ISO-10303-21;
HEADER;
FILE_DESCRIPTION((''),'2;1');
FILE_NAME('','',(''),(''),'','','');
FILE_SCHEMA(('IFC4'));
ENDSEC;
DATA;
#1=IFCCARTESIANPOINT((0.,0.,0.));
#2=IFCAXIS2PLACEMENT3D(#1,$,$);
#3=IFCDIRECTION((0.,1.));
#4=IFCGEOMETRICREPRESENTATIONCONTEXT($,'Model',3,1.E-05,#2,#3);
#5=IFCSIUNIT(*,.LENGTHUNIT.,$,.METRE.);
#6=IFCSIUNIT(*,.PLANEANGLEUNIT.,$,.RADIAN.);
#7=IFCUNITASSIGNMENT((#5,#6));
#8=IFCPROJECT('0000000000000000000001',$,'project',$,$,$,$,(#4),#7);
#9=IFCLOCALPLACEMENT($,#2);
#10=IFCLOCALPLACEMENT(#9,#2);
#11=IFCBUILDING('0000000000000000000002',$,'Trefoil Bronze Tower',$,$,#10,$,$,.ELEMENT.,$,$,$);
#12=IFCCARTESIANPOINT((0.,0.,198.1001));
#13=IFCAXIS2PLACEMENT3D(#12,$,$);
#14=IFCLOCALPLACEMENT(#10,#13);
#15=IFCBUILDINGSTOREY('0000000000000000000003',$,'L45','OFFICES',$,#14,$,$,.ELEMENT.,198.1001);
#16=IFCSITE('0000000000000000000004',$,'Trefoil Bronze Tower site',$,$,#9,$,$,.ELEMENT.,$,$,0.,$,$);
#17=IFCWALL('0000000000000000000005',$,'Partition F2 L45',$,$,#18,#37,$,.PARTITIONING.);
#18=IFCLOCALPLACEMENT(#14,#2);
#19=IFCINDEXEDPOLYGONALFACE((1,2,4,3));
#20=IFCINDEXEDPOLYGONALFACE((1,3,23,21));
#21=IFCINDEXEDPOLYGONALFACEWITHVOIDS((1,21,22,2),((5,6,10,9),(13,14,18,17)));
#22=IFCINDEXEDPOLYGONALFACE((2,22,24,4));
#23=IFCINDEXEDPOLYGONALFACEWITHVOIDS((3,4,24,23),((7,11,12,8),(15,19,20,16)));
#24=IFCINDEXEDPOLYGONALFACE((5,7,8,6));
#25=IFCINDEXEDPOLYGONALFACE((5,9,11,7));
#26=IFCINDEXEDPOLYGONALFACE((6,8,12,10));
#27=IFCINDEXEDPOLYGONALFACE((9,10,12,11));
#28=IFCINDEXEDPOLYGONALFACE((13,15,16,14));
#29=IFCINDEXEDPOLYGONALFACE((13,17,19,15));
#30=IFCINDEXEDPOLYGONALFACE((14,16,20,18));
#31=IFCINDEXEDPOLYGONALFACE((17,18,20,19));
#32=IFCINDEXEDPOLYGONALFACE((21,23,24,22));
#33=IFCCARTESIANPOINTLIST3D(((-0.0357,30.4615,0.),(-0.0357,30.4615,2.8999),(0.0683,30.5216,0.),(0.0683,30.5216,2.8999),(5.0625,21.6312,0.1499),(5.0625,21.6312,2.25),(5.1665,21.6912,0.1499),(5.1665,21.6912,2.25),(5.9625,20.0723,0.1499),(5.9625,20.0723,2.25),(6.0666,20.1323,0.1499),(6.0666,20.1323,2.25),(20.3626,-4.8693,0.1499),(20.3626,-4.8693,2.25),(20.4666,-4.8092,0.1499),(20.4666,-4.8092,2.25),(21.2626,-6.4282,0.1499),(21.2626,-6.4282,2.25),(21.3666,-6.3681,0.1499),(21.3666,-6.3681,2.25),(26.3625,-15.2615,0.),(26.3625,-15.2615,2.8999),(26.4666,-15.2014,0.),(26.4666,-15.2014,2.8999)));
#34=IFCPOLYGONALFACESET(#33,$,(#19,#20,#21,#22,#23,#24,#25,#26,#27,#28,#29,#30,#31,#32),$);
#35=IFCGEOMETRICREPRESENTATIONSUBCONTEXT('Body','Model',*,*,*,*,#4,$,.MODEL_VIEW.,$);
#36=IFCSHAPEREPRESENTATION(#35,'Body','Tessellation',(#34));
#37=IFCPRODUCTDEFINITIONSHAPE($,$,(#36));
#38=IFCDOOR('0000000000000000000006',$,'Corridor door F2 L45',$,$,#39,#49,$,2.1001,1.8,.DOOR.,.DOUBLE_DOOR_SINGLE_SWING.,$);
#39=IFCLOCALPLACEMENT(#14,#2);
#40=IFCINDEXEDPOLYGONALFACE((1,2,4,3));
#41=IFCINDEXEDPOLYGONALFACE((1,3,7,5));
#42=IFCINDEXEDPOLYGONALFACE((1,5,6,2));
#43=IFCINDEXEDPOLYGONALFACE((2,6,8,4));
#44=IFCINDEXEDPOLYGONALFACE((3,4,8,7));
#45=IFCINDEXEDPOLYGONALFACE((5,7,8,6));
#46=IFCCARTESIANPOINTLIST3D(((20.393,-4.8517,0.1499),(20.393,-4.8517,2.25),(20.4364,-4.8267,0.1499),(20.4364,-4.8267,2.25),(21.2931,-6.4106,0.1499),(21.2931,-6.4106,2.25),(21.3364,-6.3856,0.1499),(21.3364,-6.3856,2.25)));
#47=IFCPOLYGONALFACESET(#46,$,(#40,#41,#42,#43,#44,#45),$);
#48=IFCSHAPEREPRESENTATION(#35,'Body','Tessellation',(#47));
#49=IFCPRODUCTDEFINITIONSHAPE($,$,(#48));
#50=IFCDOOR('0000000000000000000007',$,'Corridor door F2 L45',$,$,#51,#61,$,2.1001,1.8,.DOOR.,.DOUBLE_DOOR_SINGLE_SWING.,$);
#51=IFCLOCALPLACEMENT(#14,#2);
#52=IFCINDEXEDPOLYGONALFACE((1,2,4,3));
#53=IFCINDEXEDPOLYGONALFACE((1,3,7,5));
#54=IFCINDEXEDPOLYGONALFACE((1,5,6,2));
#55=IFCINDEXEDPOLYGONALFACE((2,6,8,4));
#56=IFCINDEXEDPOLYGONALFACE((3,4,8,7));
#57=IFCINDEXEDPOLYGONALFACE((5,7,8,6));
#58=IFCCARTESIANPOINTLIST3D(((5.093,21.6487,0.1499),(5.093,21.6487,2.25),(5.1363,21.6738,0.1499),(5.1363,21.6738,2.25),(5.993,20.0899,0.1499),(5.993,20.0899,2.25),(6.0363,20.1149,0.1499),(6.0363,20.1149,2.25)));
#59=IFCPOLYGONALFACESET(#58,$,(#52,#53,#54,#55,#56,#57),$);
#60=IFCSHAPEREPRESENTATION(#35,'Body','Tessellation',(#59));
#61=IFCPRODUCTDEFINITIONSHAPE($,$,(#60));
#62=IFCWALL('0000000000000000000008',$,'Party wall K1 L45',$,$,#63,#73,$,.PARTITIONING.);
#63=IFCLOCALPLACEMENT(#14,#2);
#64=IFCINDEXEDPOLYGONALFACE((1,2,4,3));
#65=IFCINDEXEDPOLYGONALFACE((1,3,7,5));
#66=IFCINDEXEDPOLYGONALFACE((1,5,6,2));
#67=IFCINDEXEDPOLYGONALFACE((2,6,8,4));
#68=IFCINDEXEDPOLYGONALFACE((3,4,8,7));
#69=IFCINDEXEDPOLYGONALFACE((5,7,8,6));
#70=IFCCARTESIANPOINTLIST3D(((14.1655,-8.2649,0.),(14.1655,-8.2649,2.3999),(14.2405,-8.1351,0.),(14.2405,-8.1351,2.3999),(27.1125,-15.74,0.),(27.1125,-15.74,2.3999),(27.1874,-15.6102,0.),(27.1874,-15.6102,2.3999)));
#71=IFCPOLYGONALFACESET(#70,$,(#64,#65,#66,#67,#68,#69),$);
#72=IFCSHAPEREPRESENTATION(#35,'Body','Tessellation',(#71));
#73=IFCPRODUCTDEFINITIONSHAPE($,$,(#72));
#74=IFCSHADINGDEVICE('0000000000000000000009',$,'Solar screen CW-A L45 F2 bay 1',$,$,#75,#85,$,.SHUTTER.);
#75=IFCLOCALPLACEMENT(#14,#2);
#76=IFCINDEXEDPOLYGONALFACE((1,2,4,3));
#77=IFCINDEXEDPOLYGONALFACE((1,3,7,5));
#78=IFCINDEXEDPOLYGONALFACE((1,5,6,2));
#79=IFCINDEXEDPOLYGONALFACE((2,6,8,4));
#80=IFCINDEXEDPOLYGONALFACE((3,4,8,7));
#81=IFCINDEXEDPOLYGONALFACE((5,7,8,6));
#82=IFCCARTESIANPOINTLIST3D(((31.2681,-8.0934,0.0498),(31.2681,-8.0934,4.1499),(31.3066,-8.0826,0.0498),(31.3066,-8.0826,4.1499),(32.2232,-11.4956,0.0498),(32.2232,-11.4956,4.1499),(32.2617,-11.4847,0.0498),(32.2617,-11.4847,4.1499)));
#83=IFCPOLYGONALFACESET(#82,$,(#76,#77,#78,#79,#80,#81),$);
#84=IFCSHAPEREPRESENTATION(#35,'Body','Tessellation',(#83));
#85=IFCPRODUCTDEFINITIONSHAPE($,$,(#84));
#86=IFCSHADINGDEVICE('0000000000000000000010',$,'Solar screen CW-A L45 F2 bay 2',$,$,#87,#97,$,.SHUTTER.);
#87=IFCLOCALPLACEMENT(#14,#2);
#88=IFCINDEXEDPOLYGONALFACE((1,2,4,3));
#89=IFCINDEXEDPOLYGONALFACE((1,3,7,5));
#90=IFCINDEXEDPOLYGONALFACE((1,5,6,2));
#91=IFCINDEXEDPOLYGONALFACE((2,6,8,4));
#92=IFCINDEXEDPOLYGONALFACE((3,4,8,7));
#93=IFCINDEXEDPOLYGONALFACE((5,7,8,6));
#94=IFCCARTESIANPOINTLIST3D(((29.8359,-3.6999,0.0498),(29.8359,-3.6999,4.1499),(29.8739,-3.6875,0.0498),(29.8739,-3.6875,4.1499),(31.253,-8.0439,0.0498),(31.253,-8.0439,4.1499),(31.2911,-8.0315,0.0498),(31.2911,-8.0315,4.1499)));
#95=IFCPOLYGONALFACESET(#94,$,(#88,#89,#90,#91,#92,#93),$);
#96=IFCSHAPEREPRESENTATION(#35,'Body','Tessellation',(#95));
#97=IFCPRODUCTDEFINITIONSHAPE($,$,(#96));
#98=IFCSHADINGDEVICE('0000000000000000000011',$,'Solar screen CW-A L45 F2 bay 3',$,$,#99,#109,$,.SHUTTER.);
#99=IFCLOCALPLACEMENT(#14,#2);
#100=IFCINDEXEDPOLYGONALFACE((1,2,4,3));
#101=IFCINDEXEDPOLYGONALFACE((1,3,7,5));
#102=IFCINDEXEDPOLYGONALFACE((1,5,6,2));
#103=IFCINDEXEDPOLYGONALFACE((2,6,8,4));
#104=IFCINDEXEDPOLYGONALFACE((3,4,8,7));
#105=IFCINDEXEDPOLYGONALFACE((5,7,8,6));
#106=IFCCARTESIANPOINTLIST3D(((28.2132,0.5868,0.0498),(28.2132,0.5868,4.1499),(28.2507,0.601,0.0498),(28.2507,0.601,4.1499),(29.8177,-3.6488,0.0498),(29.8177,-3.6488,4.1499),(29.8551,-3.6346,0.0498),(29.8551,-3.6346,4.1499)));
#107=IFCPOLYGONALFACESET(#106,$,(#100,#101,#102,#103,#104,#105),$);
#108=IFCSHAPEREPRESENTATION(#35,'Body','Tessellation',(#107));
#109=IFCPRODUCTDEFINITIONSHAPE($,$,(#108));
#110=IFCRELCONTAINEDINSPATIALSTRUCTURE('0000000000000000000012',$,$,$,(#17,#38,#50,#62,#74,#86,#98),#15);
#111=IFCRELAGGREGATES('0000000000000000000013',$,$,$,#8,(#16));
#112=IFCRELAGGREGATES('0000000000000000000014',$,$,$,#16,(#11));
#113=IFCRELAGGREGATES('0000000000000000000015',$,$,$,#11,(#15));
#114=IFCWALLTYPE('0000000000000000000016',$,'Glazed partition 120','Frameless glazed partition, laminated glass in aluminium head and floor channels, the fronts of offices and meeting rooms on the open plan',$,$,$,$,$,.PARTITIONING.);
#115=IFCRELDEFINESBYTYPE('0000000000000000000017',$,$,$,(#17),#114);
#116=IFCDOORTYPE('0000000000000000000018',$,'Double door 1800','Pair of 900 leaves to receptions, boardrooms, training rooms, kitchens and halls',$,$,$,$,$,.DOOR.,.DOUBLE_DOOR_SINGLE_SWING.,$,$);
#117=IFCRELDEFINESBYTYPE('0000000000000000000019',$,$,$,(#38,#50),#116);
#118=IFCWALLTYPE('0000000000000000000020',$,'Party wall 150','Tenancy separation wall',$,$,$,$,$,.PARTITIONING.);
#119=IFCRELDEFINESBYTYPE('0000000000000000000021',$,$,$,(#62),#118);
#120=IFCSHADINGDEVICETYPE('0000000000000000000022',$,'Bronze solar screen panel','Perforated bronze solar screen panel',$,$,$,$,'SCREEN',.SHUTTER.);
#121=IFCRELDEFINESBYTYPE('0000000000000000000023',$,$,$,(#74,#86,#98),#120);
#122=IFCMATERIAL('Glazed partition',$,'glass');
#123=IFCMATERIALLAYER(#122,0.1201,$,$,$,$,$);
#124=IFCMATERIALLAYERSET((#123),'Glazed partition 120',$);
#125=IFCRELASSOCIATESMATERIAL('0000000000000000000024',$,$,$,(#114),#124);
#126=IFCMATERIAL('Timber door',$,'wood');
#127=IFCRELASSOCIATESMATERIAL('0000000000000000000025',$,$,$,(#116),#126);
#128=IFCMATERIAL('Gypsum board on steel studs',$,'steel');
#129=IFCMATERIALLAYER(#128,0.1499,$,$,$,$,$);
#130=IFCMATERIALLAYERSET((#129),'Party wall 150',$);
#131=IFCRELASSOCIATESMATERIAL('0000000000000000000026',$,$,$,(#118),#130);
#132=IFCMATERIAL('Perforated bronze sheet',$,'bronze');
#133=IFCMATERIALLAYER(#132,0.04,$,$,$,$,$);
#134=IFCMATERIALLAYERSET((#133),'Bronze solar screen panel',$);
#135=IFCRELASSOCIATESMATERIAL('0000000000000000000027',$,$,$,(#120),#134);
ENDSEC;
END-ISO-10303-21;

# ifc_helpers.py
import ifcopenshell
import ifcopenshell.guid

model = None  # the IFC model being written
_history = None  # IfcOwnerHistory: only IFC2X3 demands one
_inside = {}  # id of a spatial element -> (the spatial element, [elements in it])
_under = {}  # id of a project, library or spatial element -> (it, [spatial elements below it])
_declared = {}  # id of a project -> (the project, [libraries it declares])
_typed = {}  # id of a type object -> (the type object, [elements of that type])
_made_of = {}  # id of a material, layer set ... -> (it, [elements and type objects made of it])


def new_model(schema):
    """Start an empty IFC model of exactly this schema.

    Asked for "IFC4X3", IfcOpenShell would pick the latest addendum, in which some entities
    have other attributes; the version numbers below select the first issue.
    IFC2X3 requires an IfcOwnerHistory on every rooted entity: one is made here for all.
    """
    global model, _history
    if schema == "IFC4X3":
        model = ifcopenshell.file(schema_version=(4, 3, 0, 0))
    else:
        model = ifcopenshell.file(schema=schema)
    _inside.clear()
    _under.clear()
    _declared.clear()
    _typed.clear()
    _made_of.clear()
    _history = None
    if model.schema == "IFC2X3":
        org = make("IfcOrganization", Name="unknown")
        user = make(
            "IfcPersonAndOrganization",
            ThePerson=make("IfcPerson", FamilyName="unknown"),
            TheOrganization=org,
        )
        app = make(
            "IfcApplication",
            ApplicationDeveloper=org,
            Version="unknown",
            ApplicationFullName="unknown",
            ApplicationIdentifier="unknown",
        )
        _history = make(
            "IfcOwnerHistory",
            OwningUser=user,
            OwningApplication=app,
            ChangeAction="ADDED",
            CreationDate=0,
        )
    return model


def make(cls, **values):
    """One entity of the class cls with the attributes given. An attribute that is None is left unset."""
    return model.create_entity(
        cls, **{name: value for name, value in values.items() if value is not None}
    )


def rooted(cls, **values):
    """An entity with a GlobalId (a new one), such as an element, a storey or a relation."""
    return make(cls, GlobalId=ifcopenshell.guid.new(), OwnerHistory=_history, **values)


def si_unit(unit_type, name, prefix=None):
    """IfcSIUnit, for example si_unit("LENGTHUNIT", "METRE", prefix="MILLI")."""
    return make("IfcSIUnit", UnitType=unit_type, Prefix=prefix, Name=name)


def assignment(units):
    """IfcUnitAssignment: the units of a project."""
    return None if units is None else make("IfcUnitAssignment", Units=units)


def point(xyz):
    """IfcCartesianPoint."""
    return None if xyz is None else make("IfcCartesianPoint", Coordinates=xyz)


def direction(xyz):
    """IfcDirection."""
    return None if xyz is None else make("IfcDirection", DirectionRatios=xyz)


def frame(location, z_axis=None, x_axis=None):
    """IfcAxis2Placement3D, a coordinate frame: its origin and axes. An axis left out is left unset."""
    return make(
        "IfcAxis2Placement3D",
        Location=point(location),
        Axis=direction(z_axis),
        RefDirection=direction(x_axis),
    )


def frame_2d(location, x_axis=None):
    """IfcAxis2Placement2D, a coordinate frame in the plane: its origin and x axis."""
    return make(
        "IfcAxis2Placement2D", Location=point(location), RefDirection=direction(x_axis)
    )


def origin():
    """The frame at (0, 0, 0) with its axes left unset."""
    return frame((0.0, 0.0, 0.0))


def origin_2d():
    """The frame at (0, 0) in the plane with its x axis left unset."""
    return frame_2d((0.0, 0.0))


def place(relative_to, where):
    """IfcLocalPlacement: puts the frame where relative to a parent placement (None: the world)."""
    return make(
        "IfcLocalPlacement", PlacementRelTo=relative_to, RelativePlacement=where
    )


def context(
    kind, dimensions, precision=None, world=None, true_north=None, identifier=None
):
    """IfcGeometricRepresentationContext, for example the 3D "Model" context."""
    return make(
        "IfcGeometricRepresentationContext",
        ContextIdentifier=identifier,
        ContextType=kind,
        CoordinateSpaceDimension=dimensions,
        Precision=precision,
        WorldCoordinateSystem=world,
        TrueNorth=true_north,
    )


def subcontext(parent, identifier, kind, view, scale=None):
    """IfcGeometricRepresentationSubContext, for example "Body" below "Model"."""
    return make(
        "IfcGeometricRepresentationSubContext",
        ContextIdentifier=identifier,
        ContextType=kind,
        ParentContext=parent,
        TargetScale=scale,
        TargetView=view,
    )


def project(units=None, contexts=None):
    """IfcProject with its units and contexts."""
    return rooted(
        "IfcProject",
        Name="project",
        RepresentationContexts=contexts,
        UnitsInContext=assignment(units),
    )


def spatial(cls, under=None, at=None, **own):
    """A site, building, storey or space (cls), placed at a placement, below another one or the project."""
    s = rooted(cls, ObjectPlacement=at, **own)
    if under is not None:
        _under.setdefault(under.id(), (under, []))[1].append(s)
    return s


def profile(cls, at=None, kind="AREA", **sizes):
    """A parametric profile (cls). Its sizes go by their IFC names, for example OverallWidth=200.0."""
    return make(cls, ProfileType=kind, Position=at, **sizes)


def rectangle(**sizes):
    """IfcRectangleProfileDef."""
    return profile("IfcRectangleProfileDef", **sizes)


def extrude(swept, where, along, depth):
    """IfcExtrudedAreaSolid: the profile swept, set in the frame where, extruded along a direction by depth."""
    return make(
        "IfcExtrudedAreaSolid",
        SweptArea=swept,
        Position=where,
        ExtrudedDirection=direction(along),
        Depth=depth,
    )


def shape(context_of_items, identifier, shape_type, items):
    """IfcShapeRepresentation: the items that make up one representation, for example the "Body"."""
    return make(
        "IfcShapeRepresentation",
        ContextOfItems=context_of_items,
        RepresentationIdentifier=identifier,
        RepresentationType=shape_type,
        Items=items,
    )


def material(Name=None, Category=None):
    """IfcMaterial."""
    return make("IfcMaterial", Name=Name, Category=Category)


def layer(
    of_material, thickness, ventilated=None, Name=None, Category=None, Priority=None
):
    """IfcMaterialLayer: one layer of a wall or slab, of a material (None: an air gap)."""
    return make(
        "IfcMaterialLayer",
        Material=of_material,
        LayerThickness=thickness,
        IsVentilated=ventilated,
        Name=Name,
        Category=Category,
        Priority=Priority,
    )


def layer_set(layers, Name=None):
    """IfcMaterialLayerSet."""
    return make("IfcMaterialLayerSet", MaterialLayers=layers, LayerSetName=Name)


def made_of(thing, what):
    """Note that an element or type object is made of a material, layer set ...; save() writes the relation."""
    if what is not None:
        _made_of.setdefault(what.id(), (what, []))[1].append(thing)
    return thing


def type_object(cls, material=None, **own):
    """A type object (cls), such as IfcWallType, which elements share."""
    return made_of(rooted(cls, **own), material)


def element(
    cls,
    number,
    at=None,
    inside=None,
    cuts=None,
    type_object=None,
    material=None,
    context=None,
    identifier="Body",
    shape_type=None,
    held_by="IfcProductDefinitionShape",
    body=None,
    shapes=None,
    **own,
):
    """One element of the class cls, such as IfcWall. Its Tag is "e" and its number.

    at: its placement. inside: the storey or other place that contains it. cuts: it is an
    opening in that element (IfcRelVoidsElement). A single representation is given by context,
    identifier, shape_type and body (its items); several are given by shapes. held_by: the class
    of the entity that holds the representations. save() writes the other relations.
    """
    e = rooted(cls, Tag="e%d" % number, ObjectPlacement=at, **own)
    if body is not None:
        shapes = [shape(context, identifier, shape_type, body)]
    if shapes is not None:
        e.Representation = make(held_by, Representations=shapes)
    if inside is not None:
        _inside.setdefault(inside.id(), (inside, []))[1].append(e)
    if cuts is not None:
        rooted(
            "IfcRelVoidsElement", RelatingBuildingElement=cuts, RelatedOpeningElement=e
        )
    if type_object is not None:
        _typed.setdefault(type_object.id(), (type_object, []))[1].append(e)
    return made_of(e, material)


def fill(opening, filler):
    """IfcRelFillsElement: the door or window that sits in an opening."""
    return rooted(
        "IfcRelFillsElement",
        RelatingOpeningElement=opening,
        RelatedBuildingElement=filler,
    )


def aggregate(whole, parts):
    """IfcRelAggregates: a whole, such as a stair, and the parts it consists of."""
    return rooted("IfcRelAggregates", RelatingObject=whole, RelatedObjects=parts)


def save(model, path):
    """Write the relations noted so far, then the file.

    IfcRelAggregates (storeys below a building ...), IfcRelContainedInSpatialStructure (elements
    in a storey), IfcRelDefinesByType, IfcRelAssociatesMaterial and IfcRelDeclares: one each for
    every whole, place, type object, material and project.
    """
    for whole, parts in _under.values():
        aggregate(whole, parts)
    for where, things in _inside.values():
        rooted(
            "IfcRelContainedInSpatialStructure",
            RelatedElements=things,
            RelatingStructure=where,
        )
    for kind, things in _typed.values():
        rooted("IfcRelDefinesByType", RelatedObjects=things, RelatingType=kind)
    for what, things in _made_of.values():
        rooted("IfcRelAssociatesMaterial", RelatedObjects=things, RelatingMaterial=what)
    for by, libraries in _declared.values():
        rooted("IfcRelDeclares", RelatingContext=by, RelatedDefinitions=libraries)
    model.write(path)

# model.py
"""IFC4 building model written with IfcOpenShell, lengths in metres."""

from ifc_helpers import new_model, si_unit, direction, frame, frame_2d, origin, origin_2d, place, context, subcontext, project, spatial, rectangle, extrude, material, layer, layer_set, type_object, element, fill, save


model = new_model("IFC4")

# Units and contexts
model_context = context("Model", 3, precision=1e-05, world=origin(), true_north=direction((0.0, 1.0)))
body_context = subcontext(model_context, "Body", "Model", "MODEL_VIEW")
ifc_project = project(units=[si_unit("LENGTHUNIT", "METRE"), si_unit("PLANEANGLEUNIT", "RADIAN")], contexts=[model_context])

# Site, building, storey
site_placement = place(None, origin())
site = spatial("IfcSite", under=ifc_project, at=site_placement, Name="Trefoil Bronze Tower site", CompositionType="ELEMENT", RefElevation=0.0)
building_placement = place(site_placement, origin())
building = spatial("IfcBuilding", under=site, at=building_placement, Name="Trefoil Bronze Tower", CompositionType="ELEMENT")
storey_placement = place(building_placement, frame((0.0, 0.0, 198.1001)))
storey = spatial("IfcBuildingStorey", under=building, at=storey_placement, Name="L45", Description="OFFICES", CompositionType="ELEMENT", Elevation=198.1001)

# Wall, openings, doors
ifc_material_1 = material(Name="Glazed partition", Category="glass")
ifc_layer_1 = layer(ifc_material_1, 0.1201)
ifc_layer_set_1 = layer_set([ifc_layer_1], Name="Glazed partition 120")
wall_type_1 = type_object("IfcWallType", Name="Glazed partition 120", Description="Frameless glazed partition, laminated glass in aluminium head and floor channels, the fronts of offices and meeting rooms on the open plan", PredefinedType="PARTITIONING", material=ifc_layer_set_1)
wall_1_placement = place(storey_placement, frame((26.4146, -15.2314, 0.0), z_axis=(0.0, 0.0, 1.0), x_axis=(-0.500001, 0.866025, 0.0)))
wall_1 = element("IfcWall", 1, at=wall_1_placement, inside=storey, type_object=wall_type_1, Name="Partition F2 L45", PredefinedType="PARTITIONING", context=body_context, shape_type="SweptSolid", body=[
    extrude(rectangle(XDim=52.7964, YDim=0.1201, at=frame_2d((26.3982, 0.0))), origin(), (0.0, 0.0, 1.0), 2.8999),
])
opening_1_placement = place(wall_1_placement, frame((10.2, 0.0, 0.1499)))
opening_1 = element("IfcOpeningElement", 2, at=opening_1_placement, cuts=wall_1, PredefinedType="OPENING", context=body_context, shape_type="SweptSolid", body=[
    extrude(rectangle(XDim=1.8, YDim=2.1001, at=frame_2d((0.8999, 1.05))), frame((0.0, 0.0701, 0.0), z_axis=(0.0, -1.0, 0.0), x_axis=(1.0, 0.0, 0.0)), (0.0, 0.0, 1.0), 0.1401),
])
opening_2_placement = place(wall_1_placement, frame((40.8, 0.0, 0.1499)))
opening_2 = element("IfcOpeningElement", 3, at=opening_2_placement, cuts=wall_1, PredefinedType="OPENING", context=body_context, shape_type="SweptSolid", body=[
    extrude(rectangle(XDim=1.8, YDim=2.1001, at=frame_2d((0.8999, 1.05))), frame((0.0, 0.0701, 0.0), z_axis=(0.0, -1.0, 0.0), x_axis=(1.0, 0.0, 0.0)), (0.0, 0.0, 1.0), 0.1401),
])
ifc_material_2 = material(Name="Timber door", Category="wood")
door_type_1 = type_object("IfcDoorType", Name="Double door 1800", Description="Pair of 900 leaves to receptions, boardrooms, training rooms, kitchens and halls", OperationType="DOUBLE_DOOR_SINGLE_SWING", PredefinedType="DOOR", material=ifc_material_2)
door_1_placement = place(opening_1_placement, origin())
door_1 = element("IfcDoor", 4, at=door_1_placement, inside=storey, type_object=door_type_1, Name="Corridor door F2 L45", OperationType="DOUBLE_DOOR_SINGLE_SWING", OverallHeight=2.1001, OverallWidth=1.8, PredefinedType="DOOR", context=body_context, shape_type="SweptSolid", body=[
    extrude(rectangle(XDim=1.8, YDim=2.1001, at=frame_2d((0.8999, 1.05))), frame((0.0, 0.0249, 0.0), z_axis=(0.0, -1.0, 0.0), x_axis=(1.0, 0.0, 0.0)), (0.0, 0.0, 1.0), 0.05),
])
fill(opening_1, door_1)
door_2_placement = place(opening_2_placement, origin())
door_2 = element("IfcDoor", 5, at=door_2_placement, inside=storey, type_object=door_type_1, Name="Corridor door F2 L45", OperationType="DOUBLE_DOOR_SINGLE_SWING", OverallHeight=2.1001, OverallWidth=1.8, PredefinedType="DOOR", context=body_context, shape_type="SweptSolid", body=[
    extrude(rectangle(XDim=1.8, YDim=2.1001, at=frame_2d((0.8999, 1.05))), frame((0.0, 0.0249, 0.0), z_axis=(0.0, -1.0, 0.0), x_axis=(1.0, 0.0, 0.0)), (0.0, 0.0, 1.0), 0.05),
])
fill(opening_2, door_2)

# Wall
ifc_material_3 = material(Name="Gypsum board on steel studs", Category="steel")
ifc_layer_2 = layer(ifc_material_3, 0.1499)
ifc_layer_set_2 = layer_set([ifc_layer_2], Name="Party wall 150")
wall_type_2 = type_object("IfcWallType", Name="Party wall 150", Description="Tenancy separation wall", PredefinedType="PARTITIONING", material=ifc_layer_set_2)
wall_2_placement = place(storey_placement, frame((14.2029, -8.2, 0.0), z_axis=(0.0, 0.0, 1.0), x_axis=(0.866022, -0.500007, 0.0)))
element("IfcWall", 6, at=wall_2_placement, inside=storey, type_object=wall_type_2, Name="Party wall K1 L45", PredefinedType="PARTITIONING", context=body_context, shape_type="SweptSolid", body=[
    extrude(rectangle(XDim=14.95, YDim=0.1499, at=frame_2d((7.4751, 0.0))), origin(), (0.0, 0.0, 1.0), 2.3999),
])

# Shading devices
ifc_material_4 = material(Name="Perforated bronze sheet", Category="bronze")
ifc_layer_3 = layer(ifc_material_4, 0.04)
ifc_layer_set_3 = layer_set([ifc_layer_3], Name="Bronze solar screen panel")
shading_device_type = type_object("IfcShadingDeviceType", Name="Bronze solar screen panel", Description="Perforated bronze solar screen panel", ElementType="SCREEN", PredefinedType="SHUTTER", material=ifc_layer_set_3)
shading_device_1_placement = place(storey_placement, frame((31.7649, -9.7891, 0.0498), z_axis=(0.0, 0.0, 1.0), x_axis=(-0.270282, 0.962781, 0.0)))
element("IfcShadingDevice", 7, at=shading_device_1_placement, inside=storey, type_object=shading_device_type, Name="Solar screen CW-A L45 F2 bay 1", PredefinedType="SHUTTER", context=body_context, shape_type="SweptSolid", body=[
    extrude(rectangle(XDim=3.5337, YDim=0.04, at=origin_2d()), origin(), (0.0, 0.0, 1.0), 4.1001),
])
shading_device_2_placement = place(storey_placement, frame((30.5635, -5.8657, 0.0498), z_axis=(0.0, 0.0, 1.0), x_axis=(-0.310149, 0.950688, 0.0)))
element("IfcShadingDevice", 8, at=shading_device_2_placement, inside=storey, type_object=shading_device_type, Name="Solar screen CW-A L45 F2 bay 2", PredefinedType="SHUTTER", context=body_context, shape_type="SweptSolid", body=[
    extrude(rectangle(XDim=4.5693, YDim=0.04, at=origin_2d()), origin(), (0.0, 0.0, 1.0), 4.1001),
])
shading_device_3_placement = place(storey_placement, frame((29.0342, -1.5239, 0.0498), z_axis=(0.0, 0.0, 1.0), x_axis=(-0.354234, 0.935157, 0.0)))
element("IfcShadingDevice", 9, at=shading_device_3_placement, inside=storey, type_object=shading_device_type, Name="Solar screen CW-A L45 F2 bay 3", PredefinedType="SHUTTER", context=body_context, shape_type="SweptSolid", body=[
    extrude(rectangle(XDim=4.5293, YDim=0.04, at=origin_2d()), origin(), (0.0, 0.0, 1.0), 4.1001),
])

save(model, "model.ifc")
